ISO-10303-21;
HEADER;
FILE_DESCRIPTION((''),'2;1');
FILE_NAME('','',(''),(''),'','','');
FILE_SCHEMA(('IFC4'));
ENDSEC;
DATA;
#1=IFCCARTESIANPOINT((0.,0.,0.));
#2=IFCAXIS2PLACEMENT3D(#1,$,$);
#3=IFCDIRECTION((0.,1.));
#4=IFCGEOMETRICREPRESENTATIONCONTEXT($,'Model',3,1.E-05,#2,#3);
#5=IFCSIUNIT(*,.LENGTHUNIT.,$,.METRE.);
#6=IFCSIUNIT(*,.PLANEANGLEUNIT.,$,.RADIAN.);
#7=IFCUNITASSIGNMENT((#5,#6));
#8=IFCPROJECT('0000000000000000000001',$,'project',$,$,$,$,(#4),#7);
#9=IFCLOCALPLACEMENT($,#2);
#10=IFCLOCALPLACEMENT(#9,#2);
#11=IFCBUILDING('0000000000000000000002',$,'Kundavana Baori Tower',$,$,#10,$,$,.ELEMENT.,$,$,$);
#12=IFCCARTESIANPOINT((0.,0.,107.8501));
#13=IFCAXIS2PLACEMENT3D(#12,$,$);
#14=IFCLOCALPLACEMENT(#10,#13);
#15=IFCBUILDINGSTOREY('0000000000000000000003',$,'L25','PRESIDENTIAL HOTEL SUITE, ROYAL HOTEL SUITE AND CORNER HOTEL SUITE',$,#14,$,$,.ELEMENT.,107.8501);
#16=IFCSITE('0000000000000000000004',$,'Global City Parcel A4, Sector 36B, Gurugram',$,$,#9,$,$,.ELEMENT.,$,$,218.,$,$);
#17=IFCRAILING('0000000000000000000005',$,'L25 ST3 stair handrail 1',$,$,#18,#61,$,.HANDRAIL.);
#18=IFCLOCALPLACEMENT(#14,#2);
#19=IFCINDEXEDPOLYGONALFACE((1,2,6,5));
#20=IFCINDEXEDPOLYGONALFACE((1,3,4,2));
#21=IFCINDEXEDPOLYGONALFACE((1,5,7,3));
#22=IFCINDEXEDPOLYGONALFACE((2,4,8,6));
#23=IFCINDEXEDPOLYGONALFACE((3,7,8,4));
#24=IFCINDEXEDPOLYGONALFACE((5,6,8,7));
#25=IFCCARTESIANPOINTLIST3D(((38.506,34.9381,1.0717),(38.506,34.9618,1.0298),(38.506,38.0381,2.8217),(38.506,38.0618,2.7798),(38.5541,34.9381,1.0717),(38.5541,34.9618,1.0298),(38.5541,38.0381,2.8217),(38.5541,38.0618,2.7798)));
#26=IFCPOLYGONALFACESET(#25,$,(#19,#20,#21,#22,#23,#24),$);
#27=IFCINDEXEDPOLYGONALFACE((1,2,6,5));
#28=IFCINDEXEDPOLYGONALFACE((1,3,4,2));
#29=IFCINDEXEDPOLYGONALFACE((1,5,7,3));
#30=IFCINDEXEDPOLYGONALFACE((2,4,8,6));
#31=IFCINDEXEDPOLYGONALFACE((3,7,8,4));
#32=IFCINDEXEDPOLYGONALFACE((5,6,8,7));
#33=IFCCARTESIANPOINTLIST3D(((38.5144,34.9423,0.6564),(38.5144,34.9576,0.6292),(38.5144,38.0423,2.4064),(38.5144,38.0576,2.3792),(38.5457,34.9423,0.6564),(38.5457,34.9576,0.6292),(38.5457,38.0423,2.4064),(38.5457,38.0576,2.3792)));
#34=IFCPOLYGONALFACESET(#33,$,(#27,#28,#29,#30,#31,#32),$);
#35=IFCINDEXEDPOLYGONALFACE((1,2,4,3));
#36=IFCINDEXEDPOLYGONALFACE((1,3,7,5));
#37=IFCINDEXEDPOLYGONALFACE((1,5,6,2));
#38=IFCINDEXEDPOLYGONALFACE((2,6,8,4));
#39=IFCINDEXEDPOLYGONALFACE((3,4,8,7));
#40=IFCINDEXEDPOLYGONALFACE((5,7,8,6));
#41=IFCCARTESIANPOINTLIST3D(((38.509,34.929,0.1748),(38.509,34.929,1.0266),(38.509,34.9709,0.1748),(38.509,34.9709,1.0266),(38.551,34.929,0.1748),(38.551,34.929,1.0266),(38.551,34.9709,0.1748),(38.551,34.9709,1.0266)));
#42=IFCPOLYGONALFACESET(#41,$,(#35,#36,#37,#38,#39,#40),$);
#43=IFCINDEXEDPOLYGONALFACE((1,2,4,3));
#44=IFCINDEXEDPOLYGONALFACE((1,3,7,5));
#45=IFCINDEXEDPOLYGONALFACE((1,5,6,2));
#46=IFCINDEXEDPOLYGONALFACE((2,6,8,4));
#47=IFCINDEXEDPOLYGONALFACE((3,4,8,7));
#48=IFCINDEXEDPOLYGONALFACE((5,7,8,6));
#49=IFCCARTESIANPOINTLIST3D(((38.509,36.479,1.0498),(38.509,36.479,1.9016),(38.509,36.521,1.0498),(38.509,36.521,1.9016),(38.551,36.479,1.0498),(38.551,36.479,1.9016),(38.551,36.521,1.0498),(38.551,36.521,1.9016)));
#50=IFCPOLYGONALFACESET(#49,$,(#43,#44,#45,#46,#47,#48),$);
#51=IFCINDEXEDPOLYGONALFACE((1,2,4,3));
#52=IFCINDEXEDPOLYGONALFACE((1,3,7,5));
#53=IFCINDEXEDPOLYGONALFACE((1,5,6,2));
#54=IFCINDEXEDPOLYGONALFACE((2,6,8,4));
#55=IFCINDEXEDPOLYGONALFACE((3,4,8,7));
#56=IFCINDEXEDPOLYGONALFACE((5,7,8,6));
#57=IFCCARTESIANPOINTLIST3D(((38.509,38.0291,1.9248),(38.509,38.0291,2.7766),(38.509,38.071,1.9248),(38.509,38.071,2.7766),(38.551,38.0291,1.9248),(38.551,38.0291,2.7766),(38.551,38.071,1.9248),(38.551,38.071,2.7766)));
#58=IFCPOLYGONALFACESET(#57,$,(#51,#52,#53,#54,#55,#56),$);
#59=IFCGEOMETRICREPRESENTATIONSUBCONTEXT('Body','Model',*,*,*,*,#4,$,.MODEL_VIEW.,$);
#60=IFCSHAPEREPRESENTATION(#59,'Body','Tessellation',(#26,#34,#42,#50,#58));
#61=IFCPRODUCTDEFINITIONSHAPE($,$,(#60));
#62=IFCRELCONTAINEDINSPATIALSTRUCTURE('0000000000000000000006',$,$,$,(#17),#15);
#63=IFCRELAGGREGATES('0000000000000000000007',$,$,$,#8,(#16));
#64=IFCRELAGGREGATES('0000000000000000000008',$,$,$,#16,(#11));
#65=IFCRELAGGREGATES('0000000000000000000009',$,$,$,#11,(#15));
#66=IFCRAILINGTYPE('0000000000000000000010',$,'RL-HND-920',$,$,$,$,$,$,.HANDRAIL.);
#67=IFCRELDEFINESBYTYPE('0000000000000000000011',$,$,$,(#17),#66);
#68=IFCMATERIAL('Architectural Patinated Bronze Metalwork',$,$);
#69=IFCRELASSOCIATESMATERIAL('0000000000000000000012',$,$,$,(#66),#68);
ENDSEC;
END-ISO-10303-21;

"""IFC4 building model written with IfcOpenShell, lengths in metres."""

from ifc_helpers import new_model, si_unit, direction, frame, origin, origin_2d, place, context, subcontext, project, spatial, rectangle, extrude, material, type_object, element, save


model = new_model("IFC4")

# Units and contexts
model_context = context("Model", 3, precision=1e-05, world=origin(), true_north=direction((0.0, 1.0)))
body_context = subcontext(model_context, "Body", "Model", "MODEL_VIEW")
ifc_project = project(units=[si_unit("LENGTHUNIT", "METRE"), si_unit("PLANEANGLEUNIT", "RADIAN")], contexts=[model_context])

# Site, building, storey
site_placement = place(None, origin())
site = spatial("IfcSite", under=ifc_project, at=site_placement, Name="Global City Parcel A4, Sector 36B, Gurugram", CompositionType="ELEMENT", RefElevation=218.0)
building_placement = place(site_placement, origin())
building = spatial("IfcBuilding", under=site, at=building_placement, Name="Kundavana Baori Tower", CompositionType="ELEMENT")
storey_placement = place(building_placement, frame((0.0, 0.0, 107.8501)))
storey = spatial("IfcBuildingStorey", under=building, at=storey_placement, Name="L25", Description="PRESIDENTIAL HOTEL SUITE, ROYAL HOTEL SUITE AND CORNER HOTEL SUITE", CompositionType="ELEMENT", Elevation=107.8501)

# Railing
ifc_material_1 = material(Name="Architectural Patinated Bronze Metalwork")
railing_type_1 = type_object("IfcRailingType", Name="RL-HND-920", PredefinedType="HANDRAIL", material=ifc_material_1)
railing_1_placement = place(storey_placement, frame((38.53, 34.95, 0.1748)))
element("IfcRailing", 1, at=railing_1_placement, inside=storey, type_object=railing_type_1, Name="L25 ST3 stair handrail 1", PredefinedType="HANDRAIL", context=body_context, shape_type="SweptSolid", body=[
    extrude(rectangle(XDim=0.0481, YDim=0.0481, at=origin_2d()), frame((0.0, 0.0, 0.876), z_axis=(0.0, 0.870831, 0.491583), x_axis=(-1.0, 0.0, 0.0)), (0.0, 0.0, 1.0), 3.5598),
    extrude(rectangle(XDim=0.0312, YDim=0.0312, at=origin_2d()), frame((0.0, 0.0, 0.468), z_axis=(0.0, 0.870831, 0.491583), x_axis=(-1.0, 0.0, 0.0)), (0.0, 0.0, 1.0), 3.5598),
    extrude(rectangle(XDim=0.042, YDim=0.042, at=origin_2d()), origin(), (0.0, 0.0, 1.0), 0.8518),
    extrude(rectangle(XDim=0.042, YDim=0.042, at=origin_2d()), frame((0.0, 1.55, 0.875)), (0.0, 0.0, 1.0), 0.8518),
    extrude(rectangle(XDim=0.042, YDim=0.042, at=origin_2d()), frame((0.0, 3.1001, 1.75)), (0.0, 0.0, 1.0), 0.8518),
])

save(model, "model.ifc")
